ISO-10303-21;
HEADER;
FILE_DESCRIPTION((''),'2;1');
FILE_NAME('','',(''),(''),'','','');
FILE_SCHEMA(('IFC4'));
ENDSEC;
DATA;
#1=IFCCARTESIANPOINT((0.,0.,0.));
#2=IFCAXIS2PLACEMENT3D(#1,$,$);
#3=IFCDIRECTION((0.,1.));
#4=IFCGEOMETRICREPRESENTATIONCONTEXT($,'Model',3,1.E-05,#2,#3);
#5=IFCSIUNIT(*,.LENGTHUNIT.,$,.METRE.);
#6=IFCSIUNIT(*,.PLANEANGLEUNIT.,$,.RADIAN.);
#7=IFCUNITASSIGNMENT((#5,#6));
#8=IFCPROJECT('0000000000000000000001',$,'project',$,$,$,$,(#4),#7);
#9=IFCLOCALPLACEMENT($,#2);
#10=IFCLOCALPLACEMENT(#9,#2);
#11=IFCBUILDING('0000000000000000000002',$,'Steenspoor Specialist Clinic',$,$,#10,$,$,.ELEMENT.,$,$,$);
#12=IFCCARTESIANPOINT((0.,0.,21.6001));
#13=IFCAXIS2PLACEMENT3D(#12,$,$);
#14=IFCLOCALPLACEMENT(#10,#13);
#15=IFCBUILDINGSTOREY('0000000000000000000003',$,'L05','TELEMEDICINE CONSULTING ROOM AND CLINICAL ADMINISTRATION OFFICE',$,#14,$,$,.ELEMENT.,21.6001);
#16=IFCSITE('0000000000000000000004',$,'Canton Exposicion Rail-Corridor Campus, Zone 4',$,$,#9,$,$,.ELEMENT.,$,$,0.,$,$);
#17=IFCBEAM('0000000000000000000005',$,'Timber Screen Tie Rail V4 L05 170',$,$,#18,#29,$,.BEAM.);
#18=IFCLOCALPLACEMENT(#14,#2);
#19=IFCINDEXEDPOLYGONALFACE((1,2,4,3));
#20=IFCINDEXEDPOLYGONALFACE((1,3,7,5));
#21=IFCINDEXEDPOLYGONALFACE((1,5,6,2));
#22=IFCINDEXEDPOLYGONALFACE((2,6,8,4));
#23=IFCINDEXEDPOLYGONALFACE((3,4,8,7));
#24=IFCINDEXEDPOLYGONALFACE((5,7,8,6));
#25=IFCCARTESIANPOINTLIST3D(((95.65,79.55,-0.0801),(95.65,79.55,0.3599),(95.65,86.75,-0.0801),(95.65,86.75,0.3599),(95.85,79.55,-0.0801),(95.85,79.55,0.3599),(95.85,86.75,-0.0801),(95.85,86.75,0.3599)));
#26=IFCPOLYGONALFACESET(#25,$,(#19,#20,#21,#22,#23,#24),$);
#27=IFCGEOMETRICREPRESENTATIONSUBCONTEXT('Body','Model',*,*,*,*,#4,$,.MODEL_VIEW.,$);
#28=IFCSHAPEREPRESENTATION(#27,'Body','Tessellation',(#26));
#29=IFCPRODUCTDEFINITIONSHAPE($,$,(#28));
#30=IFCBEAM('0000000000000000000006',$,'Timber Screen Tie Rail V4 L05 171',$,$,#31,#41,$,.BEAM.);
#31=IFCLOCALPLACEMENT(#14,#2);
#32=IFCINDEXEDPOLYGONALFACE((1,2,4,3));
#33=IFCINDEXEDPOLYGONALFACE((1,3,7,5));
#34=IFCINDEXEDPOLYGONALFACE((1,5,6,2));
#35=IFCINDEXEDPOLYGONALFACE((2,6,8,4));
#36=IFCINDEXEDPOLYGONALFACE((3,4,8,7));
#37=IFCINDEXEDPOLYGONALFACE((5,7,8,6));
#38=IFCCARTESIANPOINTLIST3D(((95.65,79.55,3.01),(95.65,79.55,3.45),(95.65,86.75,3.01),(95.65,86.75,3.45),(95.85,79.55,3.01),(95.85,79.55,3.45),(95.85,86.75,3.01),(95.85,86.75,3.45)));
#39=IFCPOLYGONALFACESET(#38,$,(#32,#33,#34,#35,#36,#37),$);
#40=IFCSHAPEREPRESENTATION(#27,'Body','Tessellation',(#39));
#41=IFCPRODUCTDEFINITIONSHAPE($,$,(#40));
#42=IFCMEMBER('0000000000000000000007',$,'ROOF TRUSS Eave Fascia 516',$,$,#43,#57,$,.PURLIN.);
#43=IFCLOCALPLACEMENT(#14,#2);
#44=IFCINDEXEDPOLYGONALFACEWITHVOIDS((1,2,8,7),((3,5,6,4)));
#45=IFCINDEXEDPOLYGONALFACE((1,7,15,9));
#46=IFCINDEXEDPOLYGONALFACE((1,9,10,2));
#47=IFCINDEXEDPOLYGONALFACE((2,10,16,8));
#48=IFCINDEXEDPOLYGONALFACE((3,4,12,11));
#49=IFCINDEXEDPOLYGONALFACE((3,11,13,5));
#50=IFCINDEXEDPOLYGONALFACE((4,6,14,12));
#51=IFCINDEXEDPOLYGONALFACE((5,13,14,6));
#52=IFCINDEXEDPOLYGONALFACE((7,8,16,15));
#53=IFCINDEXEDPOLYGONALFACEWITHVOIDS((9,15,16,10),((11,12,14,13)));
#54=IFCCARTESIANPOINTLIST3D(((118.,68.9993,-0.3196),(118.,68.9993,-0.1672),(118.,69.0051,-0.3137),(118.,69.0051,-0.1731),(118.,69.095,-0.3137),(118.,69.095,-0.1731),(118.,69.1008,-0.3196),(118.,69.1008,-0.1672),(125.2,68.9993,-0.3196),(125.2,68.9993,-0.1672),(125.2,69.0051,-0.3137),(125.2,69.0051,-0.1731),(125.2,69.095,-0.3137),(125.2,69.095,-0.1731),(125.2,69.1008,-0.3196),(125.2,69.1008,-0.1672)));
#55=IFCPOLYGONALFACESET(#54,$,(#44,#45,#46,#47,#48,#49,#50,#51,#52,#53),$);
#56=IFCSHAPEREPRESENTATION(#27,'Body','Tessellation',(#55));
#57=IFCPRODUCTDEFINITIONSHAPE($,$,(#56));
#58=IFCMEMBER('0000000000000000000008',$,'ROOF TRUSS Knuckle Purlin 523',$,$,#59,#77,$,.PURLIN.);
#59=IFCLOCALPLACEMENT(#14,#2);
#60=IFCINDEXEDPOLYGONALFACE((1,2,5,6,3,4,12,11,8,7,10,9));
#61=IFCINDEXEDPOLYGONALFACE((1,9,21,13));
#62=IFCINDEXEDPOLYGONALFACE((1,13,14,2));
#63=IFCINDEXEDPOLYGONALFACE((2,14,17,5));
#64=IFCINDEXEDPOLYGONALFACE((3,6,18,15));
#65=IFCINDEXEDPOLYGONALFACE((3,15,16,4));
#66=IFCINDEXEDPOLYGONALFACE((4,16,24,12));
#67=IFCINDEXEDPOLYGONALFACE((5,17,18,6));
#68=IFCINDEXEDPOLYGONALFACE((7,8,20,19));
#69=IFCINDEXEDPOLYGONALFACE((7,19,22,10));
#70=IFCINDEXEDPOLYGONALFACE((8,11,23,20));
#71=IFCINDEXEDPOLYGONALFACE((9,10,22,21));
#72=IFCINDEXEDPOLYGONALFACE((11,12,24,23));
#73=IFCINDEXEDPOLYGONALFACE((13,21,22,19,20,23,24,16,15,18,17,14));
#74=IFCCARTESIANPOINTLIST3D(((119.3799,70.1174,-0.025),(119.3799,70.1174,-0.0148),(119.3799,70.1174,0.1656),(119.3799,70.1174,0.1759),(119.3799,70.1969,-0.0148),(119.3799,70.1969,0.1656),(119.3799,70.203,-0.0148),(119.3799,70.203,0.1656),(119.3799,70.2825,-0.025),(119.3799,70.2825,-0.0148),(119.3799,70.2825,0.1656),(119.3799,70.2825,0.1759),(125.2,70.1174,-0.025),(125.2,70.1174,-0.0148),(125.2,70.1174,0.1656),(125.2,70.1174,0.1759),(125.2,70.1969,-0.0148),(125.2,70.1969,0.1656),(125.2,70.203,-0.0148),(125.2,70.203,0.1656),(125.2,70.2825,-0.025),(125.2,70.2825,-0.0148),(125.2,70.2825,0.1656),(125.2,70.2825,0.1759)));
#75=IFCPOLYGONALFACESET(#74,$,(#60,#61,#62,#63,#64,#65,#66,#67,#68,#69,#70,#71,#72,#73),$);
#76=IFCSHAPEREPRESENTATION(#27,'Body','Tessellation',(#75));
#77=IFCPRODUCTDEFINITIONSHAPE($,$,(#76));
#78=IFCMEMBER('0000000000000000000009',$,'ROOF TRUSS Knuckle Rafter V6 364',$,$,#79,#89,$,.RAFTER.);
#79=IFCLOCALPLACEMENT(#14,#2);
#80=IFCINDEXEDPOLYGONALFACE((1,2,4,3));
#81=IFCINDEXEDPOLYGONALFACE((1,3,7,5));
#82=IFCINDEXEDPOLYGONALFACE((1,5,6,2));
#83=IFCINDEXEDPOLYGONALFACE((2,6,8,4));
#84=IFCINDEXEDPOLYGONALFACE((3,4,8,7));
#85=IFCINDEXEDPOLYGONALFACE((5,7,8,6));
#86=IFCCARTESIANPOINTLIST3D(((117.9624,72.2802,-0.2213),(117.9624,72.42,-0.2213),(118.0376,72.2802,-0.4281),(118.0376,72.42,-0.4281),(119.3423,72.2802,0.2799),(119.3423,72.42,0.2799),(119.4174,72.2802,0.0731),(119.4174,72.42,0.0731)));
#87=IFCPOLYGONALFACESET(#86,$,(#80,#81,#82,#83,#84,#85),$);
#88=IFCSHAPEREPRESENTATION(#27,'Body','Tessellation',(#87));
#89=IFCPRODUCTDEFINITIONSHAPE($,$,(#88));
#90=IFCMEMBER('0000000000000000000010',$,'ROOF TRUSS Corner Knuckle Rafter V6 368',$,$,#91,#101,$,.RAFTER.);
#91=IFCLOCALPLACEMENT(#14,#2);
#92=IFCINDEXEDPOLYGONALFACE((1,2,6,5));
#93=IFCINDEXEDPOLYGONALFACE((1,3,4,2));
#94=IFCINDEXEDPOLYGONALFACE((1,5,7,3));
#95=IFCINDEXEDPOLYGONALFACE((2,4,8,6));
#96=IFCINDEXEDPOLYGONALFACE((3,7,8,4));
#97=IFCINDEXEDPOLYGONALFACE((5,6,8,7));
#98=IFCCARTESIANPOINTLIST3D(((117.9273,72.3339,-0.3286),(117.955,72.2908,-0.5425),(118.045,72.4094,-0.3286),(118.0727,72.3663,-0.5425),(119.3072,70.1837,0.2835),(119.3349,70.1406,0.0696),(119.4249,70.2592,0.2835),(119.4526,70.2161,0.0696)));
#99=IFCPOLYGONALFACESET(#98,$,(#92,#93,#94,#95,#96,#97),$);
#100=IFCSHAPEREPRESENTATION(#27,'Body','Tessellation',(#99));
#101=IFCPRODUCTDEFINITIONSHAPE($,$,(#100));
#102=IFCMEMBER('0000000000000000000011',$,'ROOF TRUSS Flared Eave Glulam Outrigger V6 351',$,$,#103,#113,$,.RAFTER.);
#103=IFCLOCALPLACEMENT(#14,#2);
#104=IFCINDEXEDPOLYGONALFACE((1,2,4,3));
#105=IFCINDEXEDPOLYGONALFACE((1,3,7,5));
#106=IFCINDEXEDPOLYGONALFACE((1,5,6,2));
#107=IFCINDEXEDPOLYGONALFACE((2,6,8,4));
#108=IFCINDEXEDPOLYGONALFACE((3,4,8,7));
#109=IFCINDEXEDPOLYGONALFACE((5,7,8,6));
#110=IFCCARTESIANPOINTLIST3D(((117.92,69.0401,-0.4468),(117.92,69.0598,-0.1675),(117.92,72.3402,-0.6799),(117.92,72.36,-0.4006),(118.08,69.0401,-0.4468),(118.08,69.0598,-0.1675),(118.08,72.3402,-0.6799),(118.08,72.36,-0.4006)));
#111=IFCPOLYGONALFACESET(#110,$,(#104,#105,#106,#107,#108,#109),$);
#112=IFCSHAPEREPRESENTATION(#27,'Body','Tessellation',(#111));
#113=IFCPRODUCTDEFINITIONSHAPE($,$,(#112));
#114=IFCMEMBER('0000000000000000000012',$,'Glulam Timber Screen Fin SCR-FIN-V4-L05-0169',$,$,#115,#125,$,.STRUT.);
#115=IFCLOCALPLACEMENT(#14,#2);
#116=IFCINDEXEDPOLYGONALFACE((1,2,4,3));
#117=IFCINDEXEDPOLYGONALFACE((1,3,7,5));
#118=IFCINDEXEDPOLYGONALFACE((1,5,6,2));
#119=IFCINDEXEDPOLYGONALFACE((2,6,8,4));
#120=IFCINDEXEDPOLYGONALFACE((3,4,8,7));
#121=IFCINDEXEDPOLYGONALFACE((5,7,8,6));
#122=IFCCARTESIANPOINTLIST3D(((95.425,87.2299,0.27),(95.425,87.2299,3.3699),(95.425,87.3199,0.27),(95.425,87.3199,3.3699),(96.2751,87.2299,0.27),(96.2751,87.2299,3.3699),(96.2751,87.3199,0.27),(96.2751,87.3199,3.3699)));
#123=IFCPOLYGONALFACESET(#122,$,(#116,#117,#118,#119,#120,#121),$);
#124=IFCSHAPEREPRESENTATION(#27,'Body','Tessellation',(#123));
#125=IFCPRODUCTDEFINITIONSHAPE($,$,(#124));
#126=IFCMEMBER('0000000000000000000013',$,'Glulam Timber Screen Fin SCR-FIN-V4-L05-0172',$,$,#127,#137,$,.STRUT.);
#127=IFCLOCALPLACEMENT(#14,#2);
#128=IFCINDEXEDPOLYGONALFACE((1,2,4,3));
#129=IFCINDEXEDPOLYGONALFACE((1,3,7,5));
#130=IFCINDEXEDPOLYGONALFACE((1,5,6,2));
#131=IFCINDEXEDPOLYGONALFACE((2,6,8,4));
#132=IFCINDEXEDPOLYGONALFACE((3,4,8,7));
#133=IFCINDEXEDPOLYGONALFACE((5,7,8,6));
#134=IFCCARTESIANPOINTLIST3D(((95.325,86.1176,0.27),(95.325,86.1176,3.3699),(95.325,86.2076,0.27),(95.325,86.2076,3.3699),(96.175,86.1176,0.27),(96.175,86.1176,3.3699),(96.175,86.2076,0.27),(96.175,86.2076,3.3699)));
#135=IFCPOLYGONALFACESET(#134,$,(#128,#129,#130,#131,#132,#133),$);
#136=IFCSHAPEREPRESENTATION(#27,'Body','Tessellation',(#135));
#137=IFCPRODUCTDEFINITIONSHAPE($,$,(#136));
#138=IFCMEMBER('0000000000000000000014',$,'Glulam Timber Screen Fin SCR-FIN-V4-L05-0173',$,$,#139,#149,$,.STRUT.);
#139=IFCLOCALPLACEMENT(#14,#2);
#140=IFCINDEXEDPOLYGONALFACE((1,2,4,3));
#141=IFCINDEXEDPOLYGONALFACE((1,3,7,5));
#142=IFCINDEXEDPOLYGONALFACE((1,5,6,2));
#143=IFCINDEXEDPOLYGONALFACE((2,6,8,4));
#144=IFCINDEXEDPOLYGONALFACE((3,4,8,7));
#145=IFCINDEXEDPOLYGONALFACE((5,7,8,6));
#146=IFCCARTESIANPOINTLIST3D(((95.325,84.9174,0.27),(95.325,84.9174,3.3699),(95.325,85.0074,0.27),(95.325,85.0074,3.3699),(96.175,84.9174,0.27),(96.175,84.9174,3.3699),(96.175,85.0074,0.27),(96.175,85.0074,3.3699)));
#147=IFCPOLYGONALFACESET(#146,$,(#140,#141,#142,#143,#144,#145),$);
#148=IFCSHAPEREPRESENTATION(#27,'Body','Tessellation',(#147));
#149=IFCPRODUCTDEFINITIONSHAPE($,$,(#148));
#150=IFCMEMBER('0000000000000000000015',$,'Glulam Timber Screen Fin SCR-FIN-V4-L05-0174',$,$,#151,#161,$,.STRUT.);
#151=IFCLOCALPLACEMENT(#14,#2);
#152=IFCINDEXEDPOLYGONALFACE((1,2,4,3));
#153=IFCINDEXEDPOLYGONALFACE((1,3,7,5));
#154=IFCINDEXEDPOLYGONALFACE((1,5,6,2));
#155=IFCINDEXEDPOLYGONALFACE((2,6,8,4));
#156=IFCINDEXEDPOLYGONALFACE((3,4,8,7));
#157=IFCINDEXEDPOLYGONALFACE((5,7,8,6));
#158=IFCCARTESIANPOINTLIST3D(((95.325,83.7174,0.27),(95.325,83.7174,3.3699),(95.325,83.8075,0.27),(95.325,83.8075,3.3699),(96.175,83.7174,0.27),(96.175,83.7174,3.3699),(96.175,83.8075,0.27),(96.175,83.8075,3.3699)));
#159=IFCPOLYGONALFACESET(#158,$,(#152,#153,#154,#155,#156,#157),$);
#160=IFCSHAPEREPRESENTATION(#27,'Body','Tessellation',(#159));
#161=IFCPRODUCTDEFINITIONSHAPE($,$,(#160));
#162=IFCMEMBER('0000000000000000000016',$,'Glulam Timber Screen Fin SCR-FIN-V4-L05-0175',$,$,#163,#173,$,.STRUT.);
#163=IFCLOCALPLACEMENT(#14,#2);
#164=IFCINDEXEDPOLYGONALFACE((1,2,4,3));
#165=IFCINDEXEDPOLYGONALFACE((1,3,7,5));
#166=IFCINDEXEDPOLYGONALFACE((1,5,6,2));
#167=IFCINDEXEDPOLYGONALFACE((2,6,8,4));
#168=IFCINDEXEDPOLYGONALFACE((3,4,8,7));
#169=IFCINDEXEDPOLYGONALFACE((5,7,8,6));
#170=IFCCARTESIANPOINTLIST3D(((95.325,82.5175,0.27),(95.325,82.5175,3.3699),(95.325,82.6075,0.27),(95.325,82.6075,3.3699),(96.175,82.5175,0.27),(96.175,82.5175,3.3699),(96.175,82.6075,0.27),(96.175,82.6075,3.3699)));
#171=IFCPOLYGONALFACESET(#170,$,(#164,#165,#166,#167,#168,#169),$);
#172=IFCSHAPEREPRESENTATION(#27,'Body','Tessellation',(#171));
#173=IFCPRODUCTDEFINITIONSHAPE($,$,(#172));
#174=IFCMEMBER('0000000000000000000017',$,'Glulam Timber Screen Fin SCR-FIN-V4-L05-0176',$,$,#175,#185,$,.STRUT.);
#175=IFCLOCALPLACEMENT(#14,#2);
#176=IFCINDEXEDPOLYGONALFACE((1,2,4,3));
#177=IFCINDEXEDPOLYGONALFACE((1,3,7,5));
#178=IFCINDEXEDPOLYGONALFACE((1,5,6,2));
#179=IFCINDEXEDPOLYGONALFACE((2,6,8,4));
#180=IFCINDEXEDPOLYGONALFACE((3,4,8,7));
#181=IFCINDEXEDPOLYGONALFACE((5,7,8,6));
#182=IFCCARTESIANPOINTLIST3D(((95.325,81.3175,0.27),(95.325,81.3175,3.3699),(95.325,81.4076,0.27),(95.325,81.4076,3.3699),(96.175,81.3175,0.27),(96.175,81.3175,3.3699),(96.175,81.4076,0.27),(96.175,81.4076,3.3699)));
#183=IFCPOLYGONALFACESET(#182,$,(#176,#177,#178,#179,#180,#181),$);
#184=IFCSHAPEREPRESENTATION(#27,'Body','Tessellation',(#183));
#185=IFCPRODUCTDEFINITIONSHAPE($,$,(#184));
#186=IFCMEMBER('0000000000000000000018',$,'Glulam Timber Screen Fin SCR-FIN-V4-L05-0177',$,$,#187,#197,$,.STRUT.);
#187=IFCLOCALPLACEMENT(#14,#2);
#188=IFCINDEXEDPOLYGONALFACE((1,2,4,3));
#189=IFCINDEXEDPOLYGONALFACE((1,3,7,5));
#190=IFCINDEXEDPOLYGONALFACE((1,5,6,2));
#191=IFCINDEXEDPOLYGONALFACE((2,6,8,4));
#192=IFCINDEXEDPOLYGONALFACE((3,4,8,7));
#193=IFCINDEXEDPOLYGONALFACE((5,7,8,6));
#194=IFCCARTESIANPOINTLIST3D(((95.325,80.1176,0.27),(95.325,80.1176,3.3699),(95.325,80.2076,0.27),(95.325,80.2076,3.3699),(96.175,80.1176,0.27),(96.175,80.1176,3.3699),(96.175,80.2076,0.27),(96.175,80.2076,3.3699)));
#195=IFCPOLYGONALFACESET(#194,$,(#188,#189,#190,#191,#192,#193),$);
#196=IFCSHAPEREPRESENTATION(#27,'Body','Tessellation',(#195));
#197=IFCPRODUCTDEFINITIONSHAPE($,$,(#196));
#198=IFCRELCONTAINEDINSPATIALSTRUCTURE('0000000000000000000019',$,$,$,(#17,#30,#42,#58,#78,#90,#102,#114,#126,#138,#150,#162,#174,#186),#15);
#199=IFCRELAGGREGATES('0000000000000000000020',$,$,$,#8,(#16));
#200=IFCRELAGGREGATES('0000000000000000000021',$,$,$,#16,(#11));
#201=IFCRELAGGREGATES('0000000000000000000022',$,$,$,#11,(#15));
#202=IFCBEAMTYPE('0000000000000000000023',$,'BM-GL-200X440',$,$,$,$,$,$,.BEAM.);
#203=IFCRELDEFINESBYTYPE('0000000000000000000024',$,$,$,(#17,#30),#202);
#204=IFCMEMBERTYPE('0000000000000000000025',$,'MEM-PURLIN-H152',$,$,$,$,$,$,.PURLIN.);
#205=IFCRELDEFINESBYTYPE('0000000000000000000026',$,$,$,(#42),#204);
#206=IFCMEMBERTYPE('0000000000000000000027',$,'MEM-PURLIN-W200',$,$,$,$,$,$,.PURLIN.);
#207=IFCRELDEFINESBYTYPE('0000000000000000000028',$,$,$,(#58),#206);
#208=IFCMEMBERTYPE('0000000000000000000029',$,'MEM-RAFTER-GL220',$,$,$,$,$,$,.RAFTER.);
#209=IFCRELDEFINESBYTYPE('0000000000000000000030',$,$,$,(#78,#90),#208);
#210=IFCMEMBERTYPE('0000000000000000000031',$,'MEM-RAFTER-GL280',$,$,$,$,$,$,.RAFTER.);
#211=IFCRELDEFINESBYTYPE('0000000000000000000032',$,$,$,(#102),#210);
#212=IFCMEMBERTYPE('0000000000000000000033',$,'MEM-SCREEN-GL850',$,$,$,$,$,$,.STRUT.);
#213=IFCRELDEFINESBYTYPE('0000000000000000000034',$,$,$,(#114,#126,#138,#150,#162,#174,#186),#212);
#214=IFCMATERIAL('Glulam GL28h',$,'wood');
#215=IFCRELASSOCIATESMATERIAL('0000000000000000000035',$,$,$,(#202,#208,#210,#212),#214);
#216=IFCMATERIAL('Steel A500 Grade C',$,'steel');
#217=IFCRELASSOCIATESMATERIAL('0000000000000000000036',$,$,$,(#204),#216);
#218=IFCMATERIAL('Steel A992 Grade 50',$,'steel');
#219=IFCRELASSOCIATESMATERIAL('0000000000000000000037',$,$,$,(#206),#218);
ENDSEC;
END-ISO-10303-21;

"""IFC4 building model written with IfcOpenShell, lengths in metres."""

from ifc_helpers import new_model, si_unit, direction, frame, origin, origin_2d, place, context, subcontext, project, spatial, rectangle, hollow_rectangle, i_section, extrude, material, material_profile, profile_set, type_object, element, save


model = new_model("IFC4")

# Units and contexts
model_context = context("Model", 3, precision=1e-05, world=origin(), true_north=direction((0.0, 1.0)))
body_context = subcontext(model_context, "Body", "Model", "MODEL_VIEW")
ifc_project = project(units=[si_unit("LENGTHUNIT", "METRE"), si_unit("PLANEANGLEUNIT", "RADIAN")], contexts=[model_context])

# Site, building, storey
site_placement = place(None, origin())
site = spatial("IfcSite", under=ifc_project, at=site_placement, Name="Canton Exposicion Rail-Corridor Campus, Zone 4", CompositionType="ELEMENT", RefElevation=0.0)
building_placement = place(site_placement, origin())
building = spatial("IfcBuilding", under=site, at=building_placement, Name="Steenspoor Specialist Clinic", CompositionType="ELEMENT")
storey_placement = place(building_placement, frame((0.0, 0.0, 21.6001)))
storey = spatial("IfcBuildingStorey", under=building, at=storey_placement, Name="L05", Description="TELEMEDICINE CONSULTING ROOM AND CLINICAL ADMINISTRATION OFFICE", CompositionType="ELEMENT", Elevation=21.6001)

# Beams
ifc_material_1 = material(Name="Glulam GL28h", Category="wood")
ifc_material_profile_1 = material_profile(ifc_material_1, rectangle(XDim=0.2, YDim=0.4399, at=origin_2d()), Name="GL28H-200X440")
ifc_profile_set_1 = profile_set([ifc_material_profile_1], Name="Glulam GL28h")
beam_type = type_object("IfcBeamType", Name="BM-GL-200X440", PredefinedType="BEAM", material=ifc_profile_set_1)
for number, where, z_axis, x_axis, name in (
    (1, (95.75, 86.75, 0.1399), (0.0, -1.0, 0.0), (1.0, 0.0, 0.0), "Timber Screen Tie Rail V4 L05 170"),
    (2, (95.75, 86.75, 3.23), (0.0, -1.0, 0.0), (1.0, 0.0, 0.0), "Timber Screen Tie Rail V4 L05 171"),
):
    element("IfcBeam", number, at=place(storey_placement, frame(where, z_axis=z_axis, x_axis=x_axis)), inside=storey, type_object=beam_type, Name=name, PredefinedType="BEAM", context=body_context, shape_type="SweptSolid", body=[
        extrude(rectangle(XDim=0.2, YDim=0.4399, at=origin_2d()), origin(), (0.0, 0.0, 1.0), 7.2),
    ])

# Members
ifc_material_2 = material(Name="Steel A500 Grade C", Category="steel")
ifc_material_profile_2 = material_profile(ifc_material_2, hollow_rectangle(XDim=0.1016, YDim=0.1523, WallThickness=0.0059, at=origin_2d()), Name="HSS152X102X6.4")
ifc_profile_set_2 = profile_set([ifc_material_profile_2], Name="Steel A500 Grade C")
member_type_1 = type_object("IfcMemberType", Name="MEM-PURLIN-H152", PredefinedType="PURLIN", material=ifc_profile_set_2)
member_1_placement = place(storey_placement, frame((118.0, 69.05, -0.2434), z_axis=(1.0, 0.0, 0.0), x_axis=(0.0, 1.0, 0.0)))
element("IfcMember", 3, at=member_1_placement, inside=storey, type_object=member_type_1, Name="ROOF TRUSS Eave Fascia 516", PredefinedType="PURLIN", context=body_context, shape_type="SweptSolid", body=[
    extrude(hollow_rectangle(XDim=0.1016, YDim=0.1523, WallThickness=0.0059, at=origin_2d()), origin(), (0.0, 0.0, 1.0), 7.2),
])
ifc_material_3 = material(Name="Steel A992 Grade 50", Category="steel")
ifc_material_profile_3 = material_profile(ifc_material_3, i_section(OverallWidth=0.165, OverallDepth=0.2009, WebThickness=0.0061, FlangeThickness=0.0103, at=origin_2d()), Name="W200X36")
ifc_profile_set_3 = profile_set([ifc_material_profile_3], Name="Steel A992 Grade 50")
member_type_2 = type_object("IfcMemberType", Name="MEM-PURLIN-W200", PredefinedType="PURLIN", material=ifc_profile_set_3)
member_2_placement = place(storey_placement, frame((119.3799, 70.2, 0.0754), z_axis=(1.0, 0.0, 0.0), x_axis=(0.0, 1.0, 0.0)))
element("IfcMember", 4, at=member_2_placement, inside=storey, type_object=member_type_2, Name="ROOF TRUSS Knuckle Purlin 523", PredefinedType="PURLIN", context=body_context, shape_type="SweptSolid", body=[
    extrude(i_section(OverallWidth=0.165, OverallDepth=0.2009, WebThickness=0.0061, FlangeThickness=0.0103, at=origin_2d()), origin(), (0.0, 0.0, 1.0), 5.8201),
])
ifc_material_profile_4 = material_profile(ifc_material_1, rectangle(XDim=0.1399, YDim=0.22, at=origin_2d()), Name="GL28H-140X220")
ifc_profile_set_4 = profile_set([ifc_material_profile_4], Name="Glulam GL28h")
member_type_3 = type_object("IfcMemberType", Name="MEM-RAFTER-GL220", PredefinedType="RAFTER", material=ifc_profile_set_4)
member_3_placement = place(storey_placement, frame((118.0, 72.3501, -0.3247), z_axis=(0.939915, 0.0, 0.341409), x_axis=(0.0, 1.0, 0.0)))
element("IfcMember", 5, at=member_3_placement, inside=storey, type_object=member_type_3, Name="ROOF TRUSS Knuckle Rafter V6 364", PredefinedType="RAFTER", context=body_context, shape_type="SweptSolid", body=[
    extrude(rectangle(XDim=0.1399, YDim=0.22, at=origin_2d()), origin(), (0.0, 0.0, 1.0), 1.468),
])
member_4_placement = place(storey_placement, frame((118.0, 72.3501, -0.4355), z_axis=(0.525243, -0.818439, 0.232977), x_axis=(0.841597, 0.540105, 0.0)))
element("IfcMember", 6, at=member_4_placement, inside=storey, type_object=member_type_3, Name="ROOF TRUSS Corner Knuckle Rafter V6 368", PredefinedType="RAFTER", context=body_context, shape_type="SweptSolid", body=[
    extrude(rectangle(XDim=0.1399, YDim=0.22, at=origin_2d()), origin(), (0.0, 0.0, 1.0), 2.6272),
])
ifc_material_profile_5 = material_profile(ifc_material_1, rectangle(XDim=0.1599, YDim=0.28, at=origin_2d()), Name="GL28H-160X280")
ifc_profile_set_5 = profile_set([ifc_material_profile_5], Name="Glulam GL28h")
member_type_4 = type_object("IfcMemberType", Name="MEM-RAFTER-GL280", PredefinedType="RAFTER", material=ifc_profile_set_5)
member_5_placement = place(storey_placement, frame((118.0, 72.3501, -0.5403), z_axis=(0.0, -0.997513, 0.070476), x_axis=(1.0, 0.0, 0.0)))
element("IfcMember", 7, at=member_5_placement, inside=storey, type_object=member_type_4, Name="ROOF TRUSS Flared Eave Glulam Outrigger V6 351", PredefinedType="RAFTER", context=body_context, shape_type="SweptSolid", body=[
    extrude(rectangle(XDim=0.1599, YDim=0.28, at=origin_2d()), origin(), (0.0, 0.0, 1.0), 3.3083),
])
ifc_material_profile_6 = material_profile(ifc_material_1, rectangle(XDim=0.0901, YDim=0.8501, at=origin_2d()), Name="GL28H-90X850")
ifc_profile_set_6 = profile_set([ifc_material_profile_6], Name="Glulam GL28h")
member_type_5 = type_object("IfcMemberType", Name="MEM-SCREEN-GL850", PredefinedType="STRUT", material=ifc_profile_set_6)
for number, where, z_axis, x_axis, name in (
    (8, (95.8501, 87.2749, 0.27), (0.0, 0.0, 1.0), (0.0, -1.0, 0.0), "Glulam Timber Screen Fin SCR-FIN-V4-L05-0169"),
    (9, (95.75, 86.1626, 0.27), (0.0, 0.0, 1.0), (0.0, -1.0, 0.0), "Glulam Timber Screen Fin SCR-FIN-V4-L05-0172"),
    (10, (95.75, 84.9624, 0.27), (0.0, 0.0, 1.0), (0.0, -1.0, 0.0), "Glulam Timber Screen Fin SCR-FIN-V4-L05-0173"),
    (11, (95.75, 83.7625, 0.27), (0.0, 0.0, 1.0), (0.0, -1.0, 0.0), "Glulam Timber Screen Fin SCR-FIN-V4-L05-0174"),
    (12, (95.75, 82.5625, 0.27), (0.0, 0.0, 1.0), (0.0, -1.0, 0.0), "Glulam Timber Screen Fin SCR-FIN-V4-L05-0175"),
    (13, (95.75, 81.3625, 0.27), (0.0, 0.0, 1.0), (0.0, -1.0, 0.0), "Glulam Timber Screen Fin SCR-FIN-V4-L05-0176"),
    (14, (95.75, 80.1626, 0.27), (0.0, 0.0, 1.0), (0.0, -1.0, 0.0), "Glulam Timber Screen Fin SCR-FIN-V4-L05-0177"),
):
    element("IfcMember", number, at=place(storey_placement, frame(where, z_axis=z_axis, x_axis=x_axis)), inside=storey, type_object=member_type_5, Name=name, PredefinedType="STRUT", context=body_context, shape_type="SweptSolid", body=[
        extrude(rectangle(XDim=0.0901, YDim=0.8501, at=origin_2d()), origin(), (0.0, 0.0, 1.0), 3.0999),
    ])

save(model, "model.ifc")
